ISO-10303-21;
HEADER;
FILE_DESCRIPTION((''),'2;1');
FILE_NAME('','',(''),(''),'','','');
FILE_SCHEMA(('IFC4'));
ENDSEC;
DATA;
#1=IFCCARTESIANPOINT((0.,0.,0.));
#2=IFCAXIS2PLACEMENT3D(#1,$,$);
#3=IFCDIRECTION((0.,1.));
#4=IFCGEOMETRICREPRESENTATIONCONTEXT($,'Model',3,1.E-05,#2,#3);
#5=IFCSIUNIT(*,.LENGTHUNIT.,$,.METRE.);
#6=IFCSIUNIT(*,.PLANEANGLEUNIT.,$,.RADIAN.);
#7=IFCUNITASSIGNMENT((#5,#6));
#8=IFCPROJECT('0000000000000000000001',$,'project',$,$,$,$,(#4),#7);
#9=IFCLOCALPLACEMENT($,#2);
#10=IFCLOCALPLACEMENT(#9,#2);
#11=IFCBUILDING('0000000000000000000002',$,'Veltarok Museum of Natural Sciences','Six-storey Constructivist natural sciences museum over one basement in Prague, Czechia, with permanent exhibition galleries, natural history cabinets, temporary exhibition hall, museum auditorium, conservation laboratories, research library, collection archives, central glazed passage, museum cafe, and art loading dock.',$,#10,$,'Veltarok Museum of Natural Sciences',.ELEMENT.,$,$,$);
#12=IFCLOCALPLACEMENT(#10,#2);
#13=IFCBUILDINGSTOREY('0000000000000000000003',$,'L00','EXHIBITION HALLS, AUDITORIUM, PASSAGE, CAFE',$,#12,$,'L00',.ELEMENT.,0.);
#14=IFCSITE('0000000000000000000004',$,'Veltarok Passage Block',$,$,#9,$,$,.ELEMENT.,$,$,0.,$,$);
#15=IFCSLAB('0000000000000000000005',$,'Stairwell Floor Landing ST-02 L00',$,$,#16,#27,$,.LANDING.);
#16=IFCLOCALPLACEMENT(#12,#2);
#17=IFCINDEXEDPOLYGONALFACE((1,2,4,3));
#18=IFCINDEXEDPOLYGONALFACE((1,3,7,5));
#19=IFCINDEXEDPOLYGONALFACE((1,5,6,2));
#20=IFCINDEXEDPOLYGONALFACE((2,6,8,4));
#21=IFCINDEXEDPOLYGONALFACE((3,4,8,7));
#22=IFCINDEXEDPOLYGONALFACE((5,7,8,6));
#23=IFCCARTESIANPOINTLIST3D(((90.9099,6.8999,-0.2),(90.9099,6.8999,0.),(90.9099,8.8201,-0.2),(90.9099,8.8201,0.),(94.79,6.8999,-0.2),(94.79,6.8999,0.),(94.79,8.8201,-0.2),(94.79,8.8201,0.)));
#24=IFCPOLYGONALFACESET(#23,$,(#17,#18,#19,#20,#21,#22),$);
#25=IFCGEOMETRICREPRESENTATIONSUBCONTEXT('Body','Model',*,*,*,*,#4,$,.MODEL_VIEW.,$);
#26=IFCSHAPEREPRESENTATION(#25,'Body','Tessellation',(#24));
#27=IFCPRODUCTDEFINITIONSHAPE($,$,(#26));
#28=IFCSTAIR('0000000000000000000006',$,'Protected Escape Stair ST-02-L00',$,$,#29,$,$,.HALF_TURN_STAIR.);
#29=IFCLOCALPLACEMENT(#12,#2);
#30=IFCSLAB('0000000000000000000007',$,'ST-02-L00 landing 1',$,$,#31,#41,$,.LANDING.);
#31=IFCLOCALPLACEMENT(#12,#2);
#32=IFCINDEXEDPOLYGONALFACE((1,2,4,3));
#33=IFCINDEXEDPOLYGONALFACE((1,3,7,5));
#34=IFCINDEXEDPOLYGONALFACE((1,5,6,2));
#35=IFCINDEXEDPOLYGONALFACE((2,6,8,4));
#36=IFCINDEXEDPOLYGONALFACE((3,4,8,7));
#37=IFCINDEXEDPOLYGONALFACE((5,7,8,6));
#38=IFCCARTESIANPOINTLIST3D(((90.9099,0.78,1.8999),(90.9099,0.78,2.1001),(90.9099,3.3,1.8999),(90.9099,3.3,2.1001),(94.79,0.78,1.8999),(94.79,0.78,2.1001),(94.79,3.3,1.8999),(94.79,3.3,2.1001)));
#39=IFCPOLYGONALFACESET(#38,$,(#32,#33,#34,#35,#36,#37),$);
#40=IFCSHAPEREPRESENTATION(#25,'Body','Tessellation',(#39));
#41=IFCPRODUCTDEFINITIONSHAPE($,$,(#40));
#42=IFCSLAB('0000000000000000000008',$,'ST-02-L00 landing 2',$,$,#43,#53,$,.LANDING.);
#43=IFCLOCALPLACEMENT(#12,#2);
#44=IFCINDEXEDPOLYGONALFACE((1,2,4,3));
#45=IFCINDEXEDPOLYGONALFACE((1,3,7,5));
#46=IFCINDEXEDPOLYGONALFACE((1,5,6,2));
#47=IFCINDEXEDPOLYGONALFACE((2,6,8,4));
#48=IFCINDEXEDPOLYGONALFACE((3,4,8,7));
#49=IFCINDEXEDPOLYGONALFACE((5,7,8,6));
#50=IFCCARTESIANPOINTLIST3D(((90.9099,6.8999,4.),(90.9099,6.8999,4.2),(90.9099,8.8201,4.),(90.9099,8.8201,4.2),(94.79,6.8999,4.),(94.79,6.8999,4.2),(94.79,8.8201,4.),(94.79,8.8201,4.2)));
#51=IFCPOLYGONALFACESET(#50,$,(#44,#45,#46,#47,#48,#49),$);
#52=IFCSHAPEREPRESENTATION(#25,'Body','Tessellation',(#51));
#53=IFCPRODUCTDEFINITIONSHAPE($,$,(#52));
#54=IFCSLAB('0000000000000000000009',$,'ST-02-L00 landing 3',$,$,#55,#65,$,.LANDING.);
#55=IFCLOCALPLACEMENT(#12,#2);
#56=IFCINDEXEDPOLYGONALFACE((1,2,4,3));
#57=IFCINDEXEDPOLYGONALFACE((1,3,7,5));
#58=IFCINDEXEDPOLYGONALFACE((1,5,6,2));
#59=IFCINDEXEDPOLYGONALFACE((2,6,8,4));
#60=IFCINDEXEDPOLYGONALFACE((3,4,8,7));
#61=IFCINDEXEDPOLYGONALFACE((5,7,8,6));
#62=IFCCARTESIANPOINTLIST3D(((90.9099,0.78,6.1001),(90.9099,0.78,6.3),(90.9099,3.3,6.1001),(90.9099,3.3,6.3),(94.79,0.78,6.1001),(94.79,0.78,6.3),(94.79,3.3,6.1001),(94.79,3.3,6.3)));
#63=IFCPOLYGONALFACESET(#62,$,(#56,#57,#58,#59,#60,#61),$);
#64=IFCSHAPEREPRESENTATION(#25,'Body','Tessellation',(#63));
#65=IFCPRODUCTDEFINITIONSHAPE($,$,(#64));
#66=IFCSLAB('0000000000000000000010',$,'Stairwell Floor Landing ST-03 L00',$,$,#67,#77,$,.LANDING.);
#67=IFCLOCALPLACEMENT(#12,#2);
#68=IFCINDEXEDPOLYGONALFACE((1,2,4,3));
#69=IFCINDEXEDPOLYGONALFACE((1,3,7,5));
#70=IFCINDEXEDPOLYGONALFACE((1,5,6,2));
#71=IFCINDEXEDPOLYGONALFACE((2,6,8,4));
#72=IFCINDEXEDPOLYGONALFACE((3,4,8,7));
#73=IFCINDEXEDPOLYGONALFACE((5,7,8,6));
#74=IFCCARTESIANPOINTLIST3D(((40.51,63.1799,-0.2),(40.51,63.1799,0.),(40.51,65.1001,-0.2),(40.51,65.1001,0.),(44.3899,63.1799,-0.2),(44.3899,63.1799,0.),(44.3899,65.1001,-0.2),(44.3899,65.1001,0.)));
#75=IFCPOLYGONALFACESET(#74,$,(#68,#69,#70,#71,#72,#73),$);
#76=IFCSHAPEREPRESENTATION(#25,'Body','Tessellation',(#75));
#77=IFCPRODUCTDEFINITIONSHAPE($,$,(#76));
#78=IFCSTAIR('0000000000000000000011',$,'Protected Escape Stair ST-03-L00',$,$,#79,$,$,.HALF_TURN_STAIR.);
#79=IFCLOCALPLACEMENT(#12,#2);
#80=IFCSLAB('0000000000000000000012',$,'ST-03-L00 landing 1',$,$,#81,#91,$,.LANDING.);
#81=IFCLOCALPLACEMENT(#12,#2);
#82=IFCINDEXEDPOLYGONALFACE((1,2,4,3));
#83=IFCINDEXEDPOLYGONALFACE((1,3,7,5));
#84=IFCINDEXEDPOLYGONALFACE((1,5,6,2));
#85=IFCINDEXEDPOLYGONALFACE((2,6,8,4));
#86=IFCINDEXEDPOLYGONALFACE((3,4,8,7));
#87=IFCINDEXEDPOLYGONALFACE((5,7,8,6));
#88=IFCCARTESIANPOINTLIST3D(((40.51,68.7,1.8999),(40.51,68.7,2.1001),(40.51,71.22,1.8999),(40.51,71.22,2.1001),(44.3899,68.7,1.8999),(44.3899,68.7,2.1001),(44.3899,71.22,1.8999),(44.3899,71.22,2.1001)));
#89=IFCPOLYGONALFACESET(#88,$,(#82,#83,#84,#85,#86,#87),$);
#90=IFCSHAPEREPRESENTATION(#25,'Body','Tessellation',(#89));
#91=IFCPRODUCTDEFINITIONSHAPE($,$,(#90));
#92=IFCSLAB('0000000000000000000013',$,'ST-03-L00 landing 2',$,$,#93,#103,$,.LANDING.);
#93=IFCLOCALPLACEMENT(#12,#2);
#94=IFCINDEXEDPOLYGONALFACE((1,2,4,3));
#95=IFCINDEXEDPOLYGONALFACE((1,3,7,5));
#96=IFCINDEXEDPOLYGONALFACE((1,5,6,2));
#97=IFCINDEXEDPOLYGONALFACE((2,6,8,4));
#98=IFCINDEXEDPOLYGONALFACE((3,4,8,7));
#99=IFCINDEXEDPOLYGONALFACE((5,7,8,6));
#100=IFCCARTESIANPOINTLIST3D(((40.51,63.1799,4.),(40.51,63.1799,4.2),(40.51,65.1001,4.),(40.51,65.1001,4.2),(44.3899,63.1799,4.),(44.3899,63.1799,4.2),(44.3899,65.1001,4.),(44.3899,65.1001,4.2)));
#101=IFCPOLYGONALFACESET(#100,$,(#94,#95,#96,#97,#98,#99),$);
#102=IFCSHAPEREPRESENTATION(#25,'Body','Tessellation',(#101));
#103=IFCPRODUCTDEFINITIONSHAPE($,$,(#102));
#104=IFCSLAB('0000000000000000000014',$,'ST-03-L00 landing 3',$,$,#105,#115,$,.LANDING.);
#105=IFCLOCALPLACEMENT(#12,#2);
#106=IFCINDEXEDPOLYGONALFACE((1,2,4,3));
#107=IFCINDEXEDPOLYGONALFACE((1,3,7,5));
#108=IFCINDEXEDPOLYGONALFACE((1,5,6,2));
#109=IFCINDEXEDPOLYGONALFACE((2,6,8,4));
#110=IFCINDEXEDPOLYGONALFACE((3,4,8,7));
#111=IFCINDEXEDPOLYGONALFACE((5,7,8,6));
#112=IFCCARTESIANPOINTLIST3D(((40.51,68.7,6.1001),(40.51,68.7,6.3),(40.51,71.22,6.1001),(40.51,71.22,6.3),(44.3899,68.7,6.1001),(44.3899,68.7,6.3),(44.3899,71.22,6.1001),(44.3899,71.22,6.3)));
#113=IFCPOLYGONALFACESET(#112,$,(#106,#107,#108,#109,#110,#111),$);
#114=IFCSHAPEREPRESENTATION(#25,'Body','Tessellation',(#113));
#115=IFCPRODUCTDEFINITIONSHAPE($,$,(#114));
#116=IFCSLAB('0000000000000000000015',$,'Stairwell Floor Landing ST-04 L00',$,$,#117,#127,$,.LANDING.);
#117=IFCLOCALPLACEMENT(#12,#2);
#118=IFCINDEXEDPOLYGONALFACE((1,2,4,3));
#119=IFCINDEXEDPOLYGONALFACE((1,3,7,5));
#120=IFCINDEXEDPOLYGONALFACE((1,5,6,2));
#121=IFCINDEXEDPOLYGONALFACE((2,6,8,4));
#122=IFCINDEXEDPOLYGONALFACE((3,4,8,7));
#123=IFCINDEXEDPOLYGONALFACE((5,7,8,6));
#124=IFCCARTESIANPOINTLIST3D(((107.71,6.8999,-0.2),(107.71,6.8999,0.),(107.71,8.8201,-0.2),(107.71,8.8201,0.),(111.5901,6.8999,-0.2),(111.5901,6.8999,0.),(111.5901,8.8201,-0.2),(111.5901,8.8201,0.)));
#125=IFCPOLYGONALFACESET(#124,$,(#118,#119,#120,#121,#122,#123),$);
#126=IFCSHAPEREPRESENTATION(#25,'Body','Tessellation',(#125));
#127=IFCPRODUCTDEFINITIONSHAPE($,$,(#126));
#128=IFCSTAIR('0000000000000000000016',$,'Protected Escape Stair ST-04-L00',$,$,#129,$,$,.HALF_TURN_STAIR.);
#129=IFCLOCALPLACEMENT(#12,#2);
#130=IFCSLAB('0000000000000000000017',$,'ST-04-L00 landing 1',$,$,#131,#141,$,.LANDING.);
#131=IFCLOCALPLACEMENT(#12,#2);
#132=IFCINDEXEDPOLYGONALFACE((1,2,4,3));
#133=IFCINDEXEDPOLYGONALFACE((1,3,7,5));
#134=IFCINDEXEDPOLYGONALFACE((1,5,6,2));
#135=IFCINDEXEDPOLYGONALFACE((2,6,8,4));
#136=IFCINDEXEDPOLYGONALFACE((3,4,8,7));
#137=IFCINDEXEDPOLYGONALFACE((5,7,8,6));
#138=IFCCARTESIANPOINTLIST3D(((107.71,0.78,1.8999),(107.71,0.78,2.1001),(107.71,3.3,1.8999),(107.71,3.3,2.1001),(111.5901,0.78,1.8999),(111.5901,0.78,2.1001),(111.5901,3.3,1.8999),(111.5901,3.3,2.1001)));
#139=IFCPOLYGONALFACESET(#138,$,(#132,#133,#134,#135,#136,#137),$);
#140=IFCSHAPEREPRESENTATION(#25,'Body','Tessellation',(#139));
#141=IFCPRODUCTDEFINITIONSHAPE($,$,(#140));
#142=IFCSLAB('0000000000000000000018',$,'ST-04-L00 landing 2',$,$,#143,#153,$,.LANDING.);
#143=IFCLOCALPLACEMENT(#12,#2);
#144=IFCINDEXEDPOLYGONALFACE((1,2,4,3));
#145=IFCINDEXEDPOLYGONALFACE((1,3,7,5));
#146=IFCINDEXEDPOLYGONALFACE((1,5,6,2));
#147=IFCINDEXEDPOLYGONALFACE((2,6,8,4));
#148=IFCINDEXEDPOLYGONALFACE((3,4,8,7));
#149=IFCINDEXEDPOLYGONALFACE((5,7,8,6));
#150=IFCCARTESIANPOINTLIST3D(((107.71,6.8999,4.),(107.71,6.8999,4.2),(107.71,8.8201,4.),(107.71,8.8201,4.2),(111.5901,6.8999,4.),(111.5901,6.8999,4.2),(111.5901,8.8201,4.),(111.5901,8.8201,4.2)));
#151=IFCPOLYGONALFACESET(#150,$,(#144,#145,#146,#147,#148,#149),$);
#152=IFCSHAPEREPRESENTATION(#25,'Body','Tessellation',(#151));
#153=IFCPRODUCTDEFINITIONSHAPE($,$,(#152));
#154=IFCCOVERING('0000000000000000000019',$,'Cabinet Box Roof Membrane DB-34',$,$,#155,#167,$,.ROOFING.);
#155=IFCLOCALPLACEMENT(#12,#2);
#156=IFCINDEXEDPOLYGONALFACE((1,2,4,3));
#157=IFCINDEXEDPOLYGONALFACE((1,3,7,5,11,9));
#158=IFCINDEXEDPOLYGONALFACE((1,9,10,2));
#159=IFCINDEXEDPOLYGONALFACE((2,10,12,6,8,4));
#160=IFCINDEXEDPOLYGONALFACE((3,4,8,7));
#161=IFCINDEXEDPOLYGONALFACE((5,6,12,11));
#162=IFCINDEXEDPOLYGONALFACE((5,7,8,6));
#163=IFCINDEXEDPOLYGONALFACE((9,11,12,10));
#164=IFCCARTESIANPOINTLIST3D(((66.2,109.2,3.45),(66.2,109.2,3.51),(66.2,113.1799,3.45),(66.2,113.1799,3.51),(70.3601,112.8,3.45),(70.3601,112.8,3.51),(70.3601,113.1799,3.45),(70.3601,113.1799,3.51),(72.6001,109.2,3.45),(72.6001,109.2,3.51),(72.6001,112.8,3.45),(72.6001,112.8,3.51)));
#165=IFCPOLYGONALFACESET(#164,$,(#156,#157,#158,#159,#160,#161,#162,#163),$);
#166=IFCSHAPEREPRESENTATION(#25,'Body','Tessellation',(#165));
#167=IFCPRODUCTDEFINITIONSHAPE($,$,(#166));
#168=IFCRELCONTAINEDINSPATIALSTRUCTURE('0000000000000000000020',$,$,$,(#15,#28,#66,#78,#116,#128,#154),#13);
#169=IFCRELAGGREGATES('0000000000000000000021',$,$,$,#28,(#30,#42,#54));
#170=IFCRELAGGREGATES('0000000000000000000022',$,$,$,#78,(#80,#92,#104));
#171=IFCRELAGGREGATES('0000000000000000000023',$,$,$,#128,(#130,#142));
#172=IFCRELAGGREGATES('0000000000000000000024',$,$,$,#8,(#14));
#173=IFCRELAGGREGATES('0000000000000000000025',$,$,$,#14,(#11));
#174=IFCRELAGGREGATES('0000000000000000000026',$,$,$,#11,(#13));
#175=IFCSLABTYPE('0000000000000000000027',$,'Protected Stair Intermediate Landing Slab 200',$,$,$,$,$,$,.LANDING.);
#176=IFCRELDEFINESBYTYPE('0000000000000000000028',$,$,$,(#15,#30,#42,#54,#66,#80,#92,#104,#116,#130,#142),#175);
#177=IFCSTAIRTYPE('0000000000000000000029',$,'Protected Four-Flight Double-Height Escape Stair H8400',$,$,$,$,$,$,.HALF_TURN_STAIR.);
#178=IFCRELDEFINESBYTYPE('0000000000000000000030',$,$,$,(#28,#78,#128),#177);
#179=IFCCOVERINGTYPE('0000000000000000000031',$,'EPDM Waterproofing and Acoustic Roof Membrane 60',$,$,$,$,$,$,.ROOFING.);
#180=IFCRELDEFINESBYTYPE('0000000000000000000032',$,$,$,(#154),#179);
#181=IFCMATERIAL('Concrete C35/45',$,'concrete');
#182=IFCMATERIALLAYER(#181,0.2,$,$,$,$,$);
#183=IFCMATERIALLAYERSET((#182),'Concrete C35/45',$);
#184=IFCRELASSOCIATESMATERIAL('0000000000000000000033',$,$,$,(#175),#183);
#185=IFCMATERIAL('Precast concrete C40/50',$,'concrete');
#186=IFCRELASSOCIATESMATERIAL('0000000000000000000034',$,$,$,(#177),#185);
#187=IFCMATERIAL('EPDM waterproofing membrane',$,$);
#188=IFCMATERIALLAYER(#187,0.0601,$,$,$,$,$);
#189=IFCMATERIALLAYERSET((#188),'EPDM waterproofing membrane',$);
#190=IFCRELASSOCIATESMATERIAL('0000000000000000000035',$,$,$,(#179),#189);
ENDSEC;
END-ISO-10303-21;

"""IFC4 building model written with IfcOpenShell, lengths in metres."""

from ifc_helpers import new_model, si_unit, direction, frame, origin, place, context, subcontext, project, spatial, polyline, outline, extrude, material, layer, layer_set, type_object, element, aggregate, save


model = new_model("IFC4")

# Units and contexts
model_context = context("Model", 3, precision=1e-05, world=origin(), true_north=direction((0.0, 1.0)))
body_context = subcontext(model_context, "Body", "Model", "MODEL_VIEW")
ifc_project = project(units=[si_unit("LENGTHUNIT", "METRE"), si_unit("PLANEANGLEUNIT", "RADIAN")], contexts=[model_context])

# Site, building, storey
site_placement = place(None, origin())
site = spatial("IfcSite", under=ifc_project, at=site_placement, Name="Veltarok Passage Block", CompositionType="ELEMENT", RefElevation=0.0)
building_placement = place(site_placement, origin())
building = spatial("IfcBuilding", under=site, at=building_placement, Name="Veltarok Museum of Natural Sciences", Description="Six-storey Constructivist natural sciences museum over one basement in Prague, Czechia, with permanent exhibition galleries, natural history cabinets, temporary exhibition hall, museum auditorium, conservation laboratories, research library, collection archives, central glazed passage, museum cafe, and art loading dock.", LongName="Veltarok Museum of Natural Sciences", CompositionType="ELEMENT")
storey_placement = place(building_placement, origin())
storey = spatial("IfcBuildingStorey", under=building, at=storey_placement, Name="L00", Description="EXHIBITION HALLS, AUDITORIUM, PASSAGE, CAFE", LongName="L00", CompositionType="ELEMENT", Elevation=0.0)

# Shared definitions
ifc_material_1 = material(Name="Precast concrete C40/50", Category="concrete")
ifc_material_2 = material(Name="Concrete C35/45", Category="concrete")
ifc_layer_1 = layer(ifc_material_2, 0.2)
ifc_layer_set_1 = layer_set([ifc_layer_1], Name="Concrete C35/45")
slab_type_1 = type_object("IfcSlabType", Name="Protected Stair Intermediate Landing Slab 200", PredefinedType="LANDING", material=ifc_layer_set_1)

# Shared definitions
stair_type = type_object("IfcStairType", Name="Protected Four-Flight Double-Height Escape Stair H8400", PredefinedType="HALF_TURN_STAIR", material=ifc_material_1)

# Slab
slab_1_placement = place(storey_placement, frame((0.0, 0.0, -0.2)))
element("IfcSlab", 1, at=slab_1_placement, inside=storey, type_object=slab_type_1, Name="Stairwell Floor Landing ST-02 L00", PredefinedType="LANDING", context=body_context, shape_type="SweptSolid", body=[
    extrude(outline(polyline([(90.9099, 6.8999), (94.79, 6.8999), (94.79, 8.8201), (90.9099, 8.8201), (90.9099, 6.8999)])), origin(), (0.0, 0.0, 1.0), 0.2),
])

# Stair, slabs
stair_1_placement = place(storey_placement, origin())
stair_1 = element("IfcStair", 2, at=stair_1_placement, inside=storey, type_object=stair_type, Name="Protected Escape Stair ST-02-L00", PredefinedType="HALF_TURN_STAIR")
slab_2_placement = place(storey_placement, frame((0.0, 0.0, 1.8999)))
slab_2 = element("IfcSlab", 3, at=slab_2_placement, type_object=slab_type_1, Name="ST-02-L00 landing 1", PredefinedType="LANDING", context=body_context, shape_type="SweptSolid", body=[
    extrude(outline(polyline([(90.9099, 0.78), (94.79, 0.78), (94.79, 3.3), (90.9099, 3.3), (90.9099, 0.78)])), origin(), (0.0, 0.0, 1.0), 0.2002),
])
slab_3_placement = place(storey_placement, frame((0.0, 0.0, 4.0)))
slab_3 = element("IfcSlab", 4, at=slab_3_placement, type_object=slab_type_1, Name="ST-02-L00 landing 2", PredefinedType="LANDING", context=body_context, shape_type="SweptSolid", body=[
    extrude(outline(polyline([(90.9099, 6.8999), (94.79, 6.8999), (94.79, 8.8201), (90.9099, 8.8201), (90.9099, 6.8999)])), origin(), (0.0, 0.0, 1.0), 0.2),
])
slab_4_placement = place(storey_placement, frame((0.0, 0.0, 6.1001)))
slab_4 = element("IfcSlab", 5, at=slab_4_placement, type_object=slab_type_1, Name="ST-02-L00 landing 3", PredefinedType="LANDING", context=body_context, shape_type="SweptSolid", body=[
    extrude(outline(polyline([(90.9099, 0.78), (94.79, 0.78), (94.79, 3.3), (90.9099, 3.3), (90.9099, 0.78)])), origin(), (0.0, 0.0, 1.0), 0.2),
])
aggregate(stair_1, [slab_2, slab_3, slab_4])

# Slab
slab_5_placement = place(storey_placement, frame((0.0, 0.0, -0.2)))
element("IfcSlab", 6, at=slab_5_placement, inside=storey, type_object=slab_type_1, Name="Stairwell Floor Landing ST-03 L00", PredefinedType="LANDING", context=body_context, shape_type="SweptSolid", body=[
    extrude(outline(polyline([(40.51, 63.1799), (44.3899, 63.1799), (44.3899, 65.1001), (40.51, 65.1001), (40.51, 63.1799)])), origin(), (0.0, 0.0, 1.0), 0.2),
])

# Stair, slabs
stair_2_placement = place(storey_placement, origin())
stair_2 = element("IfcStair", 7, at=stair_2_placement, inside=storey, type_object=stair_type, Name="Protected Escape Stair ST-03-L00", PredefinedType="HALF_TURN_STAIR")
slab_6_placement = place(storey_placement, frame((0.0, 0.0, 1.8999)))
slab_6 = element("IfcSlab", 8, at=slab_6_placement, type_object=slab_type_1, Name="ST-03-L00 landing 1", PredefinedType="LANDING", context=body_context, shape_type="SweptSolid", body=[
    extrude(outline(polyline([(40.51, 68.7), (44.3899, 68.7), (44.3899, 71.22), (40.51, 71.22), (40.51, 68.7)])), origin(), (0.0, 0.0, 1.0), 0.2002),
])
slab_7_placement = place(storey_placement, frame((0.0, 0.0, 4.0)))
slab_7 = element("IfcSlab", 9, at=slab_7_placement, type_object=slab_type_1, Name="ST-03-L00 landing 2", PredefinedType="LANDING", context=body_context, shape_type="SweptSolid", body=[
    extrude(outline(polyline([(40.51, 63.1799), (44.3899, 63.1799), (44.3899, 65.1001), (40.51, 65.1001), (40.51, 63.1799)])), origin(), (0.0, 0.0, 1.0), 0.2),
])
slab_8_placement = place(storey_placement, frame((0.0, 0.0, 6.1001)))
slab_8 = element("IfcSlab", 10, at=slab_8_placement, type_object=slab_type_1, Name="ST-03-L00 landing 3", PredefinedType="LANDING", context=body_context, shape_type="SweptSolid", body=[
    extrude(outline(polyline([(40.51, 68.7), (44.3899, 68.7), (44.3899, 71.22), (40.51, 71.22), (40.51, 68.7)])), origin(), (0.0, 0.0, 1.0), 0.2),
])
aggregate(stair_2, [slab_6, slab_7, slab_8])

# Slab
slab_9_placement = place(storey_placement, frame((0.0, 0.0, -0.2)))
element("IfcSlab", 11, at=slab_9_placement, inside=storey, type_object=slab_type_1, Name="Stairwell Floor Landing ST-04 L00", PredefinedType="LANDING", context=body_context, shape_type="SweptSolid", body=[
    extrude(outline(polyline([(107.71, 6.8999), (111.5901, 6.8999), (111.5901, 8.8201), (107.71, 8.8201), (107.71, 6.8999)])), origin(), (0.0, 0.0, 1.0), 0.2),
])

# Stair, slabs
stair_3_placement = place(storey_placement, origin())
stair_3 = element("IfcStair", 12, at=stair_3_placement, inside=storey, type_object=stair_type, Name="Protected Escape Stair ST-04-L00", PredefinedType="HALF_TURN_STAIR")
slab_10_placement = place(storey_placement, frame((0.0, 0.0, 1.8999)))
slab_10 = element("IfcSlab", 13, at=slab_10_placement, type_object=slab_type_1, Name="ST-04-L00 landing 1", PredefinedType="LANDING", context=body_context, shape_type="SweptSolid", body=[
    extrude(outline(polyline([(107.71, 0.78), (111.5901, 0.78), (111.5901, 3.3), (107.71, 3.3), (107.71, 0.78)])), origin(), (0.0, 0.0, 1.0), 0.2002),
])
slab_11_placement = place(storey_placement, frame((0.0, 0.0, 4.0)))
slab_11 = element("IfcSlab", 14, at=slab_11_placement, type_object=slab_type_1, Name="ST-04-L00 landing 2", PredefinedType="LANDING", context=body_context, shape_type="SweptSolid", body=[
    extrude(outline(polyline([(107.71, 6.8999), (111.5901, 6.8999), (111.5901, 8.8201), (107.71, 8.8201), (107.71, 6.8999)])), origin(), (0.0, 0.0, 1.0), 0.2),
])
aggregate(stair_3, [slab_10, slab_11])

# Covering
ifc_material_3 = material(Name="EPDM waterproofing membrane")
ifc_layer_2 = layer(ifc_material_3, 0.0601)
ifc_layer_set_2 = layer_set([ifc_layer_2], Name="EPDM waterproofing membrane")
covering_type = type_object("IfcCoveringType", Name="EPDM Waterproofing and Acoustic Roof Membrane 60", PredefinedType="ROOFING", material=ifc_layer_set_2)
covering_placement = place(storey_placement, frame((0.0, 0.0, 3.45)))
element("IfcCovering", 15, at=covering_placement, inside=storey, type_object=covering_type, Name="Cabinet Box Roof Membrane DB-34", PredefinedType="ROOFING", context=body_context, shape_type="SweptSolid", body=[
    extrude(outline(polyline([(66.2, 109.2), (72.6001, 109.2), (72.6001, 112.8), (70.3601, 112.8), (70.3601, 113.1799), (66.2, 113.1799), (66.2, 109.2)])), origin(), (0.0, 0.0, 1.0), 0.0601),
])

save(model, "model.ifc")
